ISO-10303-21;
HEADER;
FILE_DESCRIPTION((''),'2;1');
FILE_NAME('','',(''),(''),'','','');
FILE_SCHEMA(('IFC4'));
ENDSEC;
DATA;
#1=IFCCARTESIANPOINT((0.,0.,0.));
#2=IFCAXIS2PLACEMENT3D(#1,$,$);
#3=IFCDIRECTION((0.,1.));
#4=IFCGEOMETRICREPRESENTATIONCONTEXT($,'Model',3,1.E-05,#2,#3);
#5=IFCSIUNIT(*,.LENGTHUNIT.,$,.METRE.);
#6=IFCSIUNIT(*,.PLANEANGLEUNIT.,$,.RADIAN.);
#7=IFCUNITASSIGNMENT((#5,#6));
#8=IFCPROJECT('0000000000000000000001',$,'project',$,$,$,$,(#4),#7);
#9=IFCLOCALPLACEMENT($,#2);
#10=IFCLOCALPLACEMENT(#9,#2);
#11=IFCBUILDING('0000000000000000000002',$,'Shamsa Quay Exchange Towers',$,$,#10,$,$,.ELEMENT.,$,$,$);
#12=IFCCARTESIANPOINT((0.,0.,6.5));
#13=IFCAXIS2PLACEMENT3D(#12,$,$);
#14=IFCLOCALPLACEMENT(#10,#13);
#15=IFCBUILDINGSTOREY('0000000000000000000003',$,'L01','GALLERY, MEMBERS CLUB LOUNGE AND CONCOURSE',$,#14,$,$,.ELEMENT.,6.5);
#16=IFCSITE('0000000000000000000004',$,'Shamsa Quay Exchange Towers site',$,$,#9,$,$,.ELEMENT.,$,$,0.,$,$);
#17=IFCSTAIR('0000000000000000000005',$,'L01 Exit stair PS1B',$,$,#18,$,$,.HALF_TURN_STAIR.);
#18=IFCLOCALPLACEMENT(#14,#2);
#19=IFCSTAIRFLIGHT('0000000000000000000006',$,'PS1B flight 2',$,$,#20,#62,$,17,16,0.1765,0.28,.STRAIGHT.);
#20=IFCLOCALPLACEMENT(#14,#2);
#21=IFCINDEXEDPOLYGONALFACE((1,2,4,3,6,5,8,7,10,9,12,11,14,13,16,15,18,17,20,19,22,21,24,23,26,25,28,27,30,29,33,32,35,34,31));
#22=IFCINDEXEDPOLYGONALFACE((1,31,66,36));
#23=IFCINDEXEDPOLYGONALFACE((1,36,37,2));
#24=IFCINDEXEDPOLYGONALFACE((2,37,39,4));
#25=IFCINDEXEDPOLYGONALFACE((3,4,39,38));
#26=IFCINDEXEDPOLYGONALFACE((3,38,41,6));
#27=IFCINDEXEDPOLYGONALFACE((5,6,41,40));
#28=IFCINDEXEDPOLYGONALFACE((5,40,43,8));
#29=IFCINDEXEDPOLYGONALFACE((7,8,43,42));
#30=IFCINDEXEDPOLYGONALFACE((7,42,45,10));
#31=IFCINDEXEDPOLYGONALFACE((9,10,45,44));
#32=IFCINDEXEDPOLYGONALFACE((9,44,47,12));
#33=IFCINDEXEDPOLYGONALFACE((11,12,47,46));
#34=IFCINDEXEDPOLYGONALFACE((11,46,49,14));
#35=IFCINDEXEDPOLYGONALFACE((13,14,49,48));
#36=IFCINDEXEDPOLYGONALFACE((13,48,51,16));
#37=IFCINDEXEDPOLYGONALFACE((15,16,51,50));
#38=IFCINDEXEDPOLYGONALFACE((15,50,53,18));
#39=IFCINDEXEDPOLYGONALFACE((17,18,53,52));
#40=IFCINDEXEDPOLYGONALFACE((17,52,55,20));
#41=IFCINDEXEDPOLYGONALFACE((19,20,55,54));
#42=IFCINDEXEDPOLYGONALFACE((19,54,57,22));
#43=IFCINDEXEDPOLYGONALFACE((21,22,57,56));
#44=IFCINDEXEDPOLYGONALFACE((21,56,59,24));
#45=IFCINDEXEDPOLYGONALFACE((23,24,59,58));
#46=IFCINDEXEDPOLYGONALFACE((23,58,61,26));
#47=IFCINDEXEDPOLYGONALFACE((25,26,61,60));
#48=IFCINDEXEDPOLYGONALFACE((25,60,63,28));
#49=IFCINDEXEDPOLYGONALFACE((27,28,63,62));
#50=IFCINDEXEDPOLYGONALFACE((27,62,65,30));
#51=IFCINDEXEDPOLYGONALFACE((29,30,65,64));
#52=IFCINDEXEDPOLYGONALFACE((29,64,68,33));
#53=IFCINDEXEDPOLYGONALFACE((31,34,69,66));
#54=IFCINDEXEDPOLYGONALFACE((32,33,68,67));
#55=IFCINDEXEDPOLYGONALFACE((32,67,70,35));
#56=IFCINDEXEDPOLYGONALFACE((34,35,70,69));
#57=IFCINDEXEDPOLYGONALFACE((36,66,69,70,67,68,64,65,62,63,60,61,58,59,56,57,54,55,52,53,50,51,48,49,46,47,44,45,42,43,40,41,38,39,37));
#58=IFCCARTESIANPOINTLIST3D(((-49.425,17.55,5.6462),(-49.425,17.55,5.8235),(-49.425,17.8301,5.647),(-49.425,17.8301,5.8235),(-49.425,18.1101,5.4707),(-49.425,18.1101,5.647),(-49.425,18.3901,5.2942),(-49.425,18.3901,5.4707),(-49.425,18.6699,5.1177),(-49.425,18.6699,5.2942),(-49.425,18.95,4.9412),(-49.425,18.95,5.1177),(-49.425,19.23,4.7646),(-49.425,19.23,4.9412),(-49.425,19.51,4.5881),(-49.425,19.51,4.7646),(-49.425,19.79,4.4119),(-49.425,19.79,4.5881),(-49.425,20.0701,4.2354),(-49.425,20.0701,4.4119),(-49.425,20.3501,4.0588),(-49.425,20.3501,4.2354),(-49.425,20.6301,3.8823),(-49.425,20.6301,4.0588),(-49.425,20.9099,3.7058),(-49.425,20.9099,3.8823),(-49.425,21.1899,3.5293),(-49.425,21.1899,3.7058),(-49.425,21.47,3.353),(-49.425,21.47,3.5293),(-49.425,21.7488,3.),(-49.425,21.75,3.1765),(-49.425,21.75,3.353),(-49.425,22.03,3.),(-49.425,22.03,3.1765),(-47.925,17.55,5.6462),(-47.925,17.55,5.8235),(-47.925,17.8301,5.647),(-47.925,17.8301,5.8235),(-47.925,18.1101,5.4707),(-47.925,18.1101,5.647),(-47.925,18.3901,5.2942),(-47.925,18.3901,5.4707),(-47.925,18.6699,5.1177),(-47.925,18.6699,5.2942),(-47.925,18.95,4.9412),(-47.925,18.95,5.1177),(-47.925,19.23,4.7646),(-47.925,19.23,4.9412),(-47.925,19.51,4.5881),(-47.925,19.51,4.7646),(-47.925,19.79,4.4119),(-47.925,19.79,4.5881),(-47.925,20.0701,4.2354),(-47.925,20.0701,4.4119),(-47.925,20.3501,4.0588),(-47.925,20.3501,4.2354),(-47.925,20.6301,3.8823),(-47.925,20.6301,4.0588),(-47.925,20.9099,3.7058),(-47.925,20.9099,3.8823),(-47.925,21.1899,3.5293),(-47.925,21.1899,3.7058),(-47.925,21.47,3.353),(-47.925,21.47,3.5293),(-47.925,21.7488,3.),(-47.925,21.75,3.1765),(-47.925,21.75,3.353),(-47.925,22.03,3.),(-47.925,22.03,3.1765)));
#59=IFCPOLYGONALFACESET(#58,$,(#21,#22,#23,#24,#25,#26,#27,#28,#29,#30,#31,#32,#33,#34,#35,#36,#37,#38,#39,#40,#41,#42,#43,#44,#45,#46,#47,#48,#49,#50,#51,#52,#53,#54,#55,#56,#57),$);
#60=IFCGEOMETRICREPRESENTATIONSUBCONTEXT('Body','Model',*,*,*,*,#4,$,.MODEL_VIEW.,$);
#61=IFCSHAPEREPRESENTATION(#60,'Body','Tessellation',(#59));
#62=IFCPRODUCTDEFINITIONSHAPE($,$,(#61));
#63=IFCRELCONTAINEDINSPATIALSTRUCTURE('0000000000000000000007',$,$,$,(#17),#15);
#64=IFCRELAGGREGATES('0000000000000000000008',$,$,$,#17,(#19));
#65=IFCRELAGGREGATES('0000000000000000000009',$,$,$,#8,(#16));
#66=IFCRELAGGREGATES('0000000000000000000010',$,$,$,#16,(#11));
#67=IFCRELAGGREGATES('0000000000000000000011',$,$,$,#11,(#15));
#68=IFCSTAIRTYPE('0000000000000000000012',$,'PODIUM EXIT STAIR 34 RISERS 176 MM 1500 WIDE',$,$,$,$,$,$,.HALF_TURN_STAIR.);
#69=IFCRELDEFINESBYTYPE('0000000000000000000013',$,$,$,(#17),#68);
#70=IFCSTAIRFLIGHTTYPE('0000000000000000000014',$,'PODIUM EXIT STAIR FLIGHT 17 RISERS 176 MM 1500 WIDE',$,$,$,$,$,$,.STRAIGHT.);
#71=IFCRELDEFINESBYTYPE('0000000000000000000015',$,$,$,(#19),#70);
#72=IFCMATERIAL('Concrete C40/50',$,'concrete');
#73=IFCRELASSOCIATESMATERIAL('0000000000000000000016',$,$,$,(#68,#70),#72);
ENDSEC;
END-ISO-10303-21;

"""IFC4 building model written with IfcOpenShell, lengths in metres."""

from ifc_helpers import new_model, si_unit, direction, frame, origin, place, context, subcontext, project, spatial, polyline, outline, extrude, material, type_object, element, aggregate, save


model = new_model("IFC4")

# Units and contexts
model_context = context("Model", 3, precision=1e-05, world=origin(), true_north=direction((0.0, 1.0)))
body_context = subcontext(model_context, "Body", "Model", "MODEL_VIEW")
ifc_project = project(units=[si_unit("LENGTHUNIT", "METRE"), si_unit("PLANEANGLEUNIT", "RADIAN")], contexts=[model_context])

# Site, building, storey
site_placement = place(None, origin())
site = spatial("IfcSite", under=ifc_project, at=site_placement, Name="Shamsa Quay Exchange Towers site", CompositionType="ELEMENT", RefElevation=0.0)
building_placement = place(site_placement, origin())
building = spatial("IfcBuilding", under=site, at=building_placement, Name="Shamsa Quay Exchange Towers", CompositionType="ELEMENT")
storey_placement = place(building_placement, frame((0.0, 0.0, 6.5)))
storey = spatial("IfcBuildingStorey", under=building, at=storey_placement, Name="L01", Description="GALLERY, MEMBERS CLUB LOUNGE AND CONCOURSE", CompositionType="ELEMENT", Elevation=6.5)

# Stair, stair flight
ifc_material_1 = material(Name="Concrete C40/50", Category="concrete")
stair_type = type_object("IfcStairType", Name="PODIUM EXIT STAIR 34 RISERS 176 MM 1500 WIDE", PredefinedType="HALF_TURN_STAIR", material=ifc_material_1)
stair_flight_type = type_object("IfcStairFlightType", Name="PODIUM EXIT STAIR FLIGHT 17 RISERS 176 MM 1500 WIDE", PredefinedType="STRAIGHT", material=ifc_material_1)
stair_1_placement = place(storey_placement, origin())
stair_1 = element("IfcStair", 1, at=stair_1_placement, inside=storey, type_object=stair_type, Name="L01 Exit stair PS1B", PredefinedType="HALF_TURN_STAIR")
stair_flight_1_placement = place(storey_placement, frame((-48.675, 22.03, 3.0), z_axis=(0.0, 0.0, 1.0), x_axis=(0.0, -1.0, 0.0)))
stair_flight_1 = element("IfcStairFlight", 2, at=stair_flight_1_placement, type_object=stair_flight_type, Name="PS1B flight 2", NumberOfRisers=17, NumberOfTreads=16, PredefinedType="STRAIGHT", RiserHeight=0.1765, TreadLength=0.28, context=body_context, shape_type="SweptSolid", body=[
    extrude(outline(polyline([(0.0, 0.0), (0.0, 0.1765), (0.28, 0.1765), (0.28, 0.353), (0.5601, 0.353), (0.5601, 0.5293), (0.8401, 0.5293), (0.8401, 0.7058), (1.1201, 0.7058), (1.1201, 0.8823), (1.3999, 0.8823), (1.3999, 1.0588), (1.6799, 1.0588), (1.6799, 1.2354), (1.96, 1.2354), (1.96, 1.4119), (2.24, 1.4119), (2.24, 1.5881), (2.52, 1.5881), (2.52, 1.7646), (2.8, 1.7646), (2.8, 1.9412), (3.0801, 1.9412), (3.0801, 2.1177), (3.3601, 2.1177), (3.3601, 2.2942), (3.6399, 2.2942), (3.6399, 2.4707), (3.9199, 2.4707), (3.9199, 2.647), (4.2, 2.647), (4.2, 2.8235), (4.48, 2.8235), (4.48, 3.0), (4.48, 2.6462), (0.2812, 0.0), (0.0, 0.0)])), frame((0.0, 0.75, 0.0), z_axis=(0.0, -1.0, 0.0), x_axis=(1.0, 0.0, 0.0)), (0.0, 0.0, 1.0), 1.5),
])
aggregate(stair_1, [stair_flight_1])

save(model, "model.ifc")
